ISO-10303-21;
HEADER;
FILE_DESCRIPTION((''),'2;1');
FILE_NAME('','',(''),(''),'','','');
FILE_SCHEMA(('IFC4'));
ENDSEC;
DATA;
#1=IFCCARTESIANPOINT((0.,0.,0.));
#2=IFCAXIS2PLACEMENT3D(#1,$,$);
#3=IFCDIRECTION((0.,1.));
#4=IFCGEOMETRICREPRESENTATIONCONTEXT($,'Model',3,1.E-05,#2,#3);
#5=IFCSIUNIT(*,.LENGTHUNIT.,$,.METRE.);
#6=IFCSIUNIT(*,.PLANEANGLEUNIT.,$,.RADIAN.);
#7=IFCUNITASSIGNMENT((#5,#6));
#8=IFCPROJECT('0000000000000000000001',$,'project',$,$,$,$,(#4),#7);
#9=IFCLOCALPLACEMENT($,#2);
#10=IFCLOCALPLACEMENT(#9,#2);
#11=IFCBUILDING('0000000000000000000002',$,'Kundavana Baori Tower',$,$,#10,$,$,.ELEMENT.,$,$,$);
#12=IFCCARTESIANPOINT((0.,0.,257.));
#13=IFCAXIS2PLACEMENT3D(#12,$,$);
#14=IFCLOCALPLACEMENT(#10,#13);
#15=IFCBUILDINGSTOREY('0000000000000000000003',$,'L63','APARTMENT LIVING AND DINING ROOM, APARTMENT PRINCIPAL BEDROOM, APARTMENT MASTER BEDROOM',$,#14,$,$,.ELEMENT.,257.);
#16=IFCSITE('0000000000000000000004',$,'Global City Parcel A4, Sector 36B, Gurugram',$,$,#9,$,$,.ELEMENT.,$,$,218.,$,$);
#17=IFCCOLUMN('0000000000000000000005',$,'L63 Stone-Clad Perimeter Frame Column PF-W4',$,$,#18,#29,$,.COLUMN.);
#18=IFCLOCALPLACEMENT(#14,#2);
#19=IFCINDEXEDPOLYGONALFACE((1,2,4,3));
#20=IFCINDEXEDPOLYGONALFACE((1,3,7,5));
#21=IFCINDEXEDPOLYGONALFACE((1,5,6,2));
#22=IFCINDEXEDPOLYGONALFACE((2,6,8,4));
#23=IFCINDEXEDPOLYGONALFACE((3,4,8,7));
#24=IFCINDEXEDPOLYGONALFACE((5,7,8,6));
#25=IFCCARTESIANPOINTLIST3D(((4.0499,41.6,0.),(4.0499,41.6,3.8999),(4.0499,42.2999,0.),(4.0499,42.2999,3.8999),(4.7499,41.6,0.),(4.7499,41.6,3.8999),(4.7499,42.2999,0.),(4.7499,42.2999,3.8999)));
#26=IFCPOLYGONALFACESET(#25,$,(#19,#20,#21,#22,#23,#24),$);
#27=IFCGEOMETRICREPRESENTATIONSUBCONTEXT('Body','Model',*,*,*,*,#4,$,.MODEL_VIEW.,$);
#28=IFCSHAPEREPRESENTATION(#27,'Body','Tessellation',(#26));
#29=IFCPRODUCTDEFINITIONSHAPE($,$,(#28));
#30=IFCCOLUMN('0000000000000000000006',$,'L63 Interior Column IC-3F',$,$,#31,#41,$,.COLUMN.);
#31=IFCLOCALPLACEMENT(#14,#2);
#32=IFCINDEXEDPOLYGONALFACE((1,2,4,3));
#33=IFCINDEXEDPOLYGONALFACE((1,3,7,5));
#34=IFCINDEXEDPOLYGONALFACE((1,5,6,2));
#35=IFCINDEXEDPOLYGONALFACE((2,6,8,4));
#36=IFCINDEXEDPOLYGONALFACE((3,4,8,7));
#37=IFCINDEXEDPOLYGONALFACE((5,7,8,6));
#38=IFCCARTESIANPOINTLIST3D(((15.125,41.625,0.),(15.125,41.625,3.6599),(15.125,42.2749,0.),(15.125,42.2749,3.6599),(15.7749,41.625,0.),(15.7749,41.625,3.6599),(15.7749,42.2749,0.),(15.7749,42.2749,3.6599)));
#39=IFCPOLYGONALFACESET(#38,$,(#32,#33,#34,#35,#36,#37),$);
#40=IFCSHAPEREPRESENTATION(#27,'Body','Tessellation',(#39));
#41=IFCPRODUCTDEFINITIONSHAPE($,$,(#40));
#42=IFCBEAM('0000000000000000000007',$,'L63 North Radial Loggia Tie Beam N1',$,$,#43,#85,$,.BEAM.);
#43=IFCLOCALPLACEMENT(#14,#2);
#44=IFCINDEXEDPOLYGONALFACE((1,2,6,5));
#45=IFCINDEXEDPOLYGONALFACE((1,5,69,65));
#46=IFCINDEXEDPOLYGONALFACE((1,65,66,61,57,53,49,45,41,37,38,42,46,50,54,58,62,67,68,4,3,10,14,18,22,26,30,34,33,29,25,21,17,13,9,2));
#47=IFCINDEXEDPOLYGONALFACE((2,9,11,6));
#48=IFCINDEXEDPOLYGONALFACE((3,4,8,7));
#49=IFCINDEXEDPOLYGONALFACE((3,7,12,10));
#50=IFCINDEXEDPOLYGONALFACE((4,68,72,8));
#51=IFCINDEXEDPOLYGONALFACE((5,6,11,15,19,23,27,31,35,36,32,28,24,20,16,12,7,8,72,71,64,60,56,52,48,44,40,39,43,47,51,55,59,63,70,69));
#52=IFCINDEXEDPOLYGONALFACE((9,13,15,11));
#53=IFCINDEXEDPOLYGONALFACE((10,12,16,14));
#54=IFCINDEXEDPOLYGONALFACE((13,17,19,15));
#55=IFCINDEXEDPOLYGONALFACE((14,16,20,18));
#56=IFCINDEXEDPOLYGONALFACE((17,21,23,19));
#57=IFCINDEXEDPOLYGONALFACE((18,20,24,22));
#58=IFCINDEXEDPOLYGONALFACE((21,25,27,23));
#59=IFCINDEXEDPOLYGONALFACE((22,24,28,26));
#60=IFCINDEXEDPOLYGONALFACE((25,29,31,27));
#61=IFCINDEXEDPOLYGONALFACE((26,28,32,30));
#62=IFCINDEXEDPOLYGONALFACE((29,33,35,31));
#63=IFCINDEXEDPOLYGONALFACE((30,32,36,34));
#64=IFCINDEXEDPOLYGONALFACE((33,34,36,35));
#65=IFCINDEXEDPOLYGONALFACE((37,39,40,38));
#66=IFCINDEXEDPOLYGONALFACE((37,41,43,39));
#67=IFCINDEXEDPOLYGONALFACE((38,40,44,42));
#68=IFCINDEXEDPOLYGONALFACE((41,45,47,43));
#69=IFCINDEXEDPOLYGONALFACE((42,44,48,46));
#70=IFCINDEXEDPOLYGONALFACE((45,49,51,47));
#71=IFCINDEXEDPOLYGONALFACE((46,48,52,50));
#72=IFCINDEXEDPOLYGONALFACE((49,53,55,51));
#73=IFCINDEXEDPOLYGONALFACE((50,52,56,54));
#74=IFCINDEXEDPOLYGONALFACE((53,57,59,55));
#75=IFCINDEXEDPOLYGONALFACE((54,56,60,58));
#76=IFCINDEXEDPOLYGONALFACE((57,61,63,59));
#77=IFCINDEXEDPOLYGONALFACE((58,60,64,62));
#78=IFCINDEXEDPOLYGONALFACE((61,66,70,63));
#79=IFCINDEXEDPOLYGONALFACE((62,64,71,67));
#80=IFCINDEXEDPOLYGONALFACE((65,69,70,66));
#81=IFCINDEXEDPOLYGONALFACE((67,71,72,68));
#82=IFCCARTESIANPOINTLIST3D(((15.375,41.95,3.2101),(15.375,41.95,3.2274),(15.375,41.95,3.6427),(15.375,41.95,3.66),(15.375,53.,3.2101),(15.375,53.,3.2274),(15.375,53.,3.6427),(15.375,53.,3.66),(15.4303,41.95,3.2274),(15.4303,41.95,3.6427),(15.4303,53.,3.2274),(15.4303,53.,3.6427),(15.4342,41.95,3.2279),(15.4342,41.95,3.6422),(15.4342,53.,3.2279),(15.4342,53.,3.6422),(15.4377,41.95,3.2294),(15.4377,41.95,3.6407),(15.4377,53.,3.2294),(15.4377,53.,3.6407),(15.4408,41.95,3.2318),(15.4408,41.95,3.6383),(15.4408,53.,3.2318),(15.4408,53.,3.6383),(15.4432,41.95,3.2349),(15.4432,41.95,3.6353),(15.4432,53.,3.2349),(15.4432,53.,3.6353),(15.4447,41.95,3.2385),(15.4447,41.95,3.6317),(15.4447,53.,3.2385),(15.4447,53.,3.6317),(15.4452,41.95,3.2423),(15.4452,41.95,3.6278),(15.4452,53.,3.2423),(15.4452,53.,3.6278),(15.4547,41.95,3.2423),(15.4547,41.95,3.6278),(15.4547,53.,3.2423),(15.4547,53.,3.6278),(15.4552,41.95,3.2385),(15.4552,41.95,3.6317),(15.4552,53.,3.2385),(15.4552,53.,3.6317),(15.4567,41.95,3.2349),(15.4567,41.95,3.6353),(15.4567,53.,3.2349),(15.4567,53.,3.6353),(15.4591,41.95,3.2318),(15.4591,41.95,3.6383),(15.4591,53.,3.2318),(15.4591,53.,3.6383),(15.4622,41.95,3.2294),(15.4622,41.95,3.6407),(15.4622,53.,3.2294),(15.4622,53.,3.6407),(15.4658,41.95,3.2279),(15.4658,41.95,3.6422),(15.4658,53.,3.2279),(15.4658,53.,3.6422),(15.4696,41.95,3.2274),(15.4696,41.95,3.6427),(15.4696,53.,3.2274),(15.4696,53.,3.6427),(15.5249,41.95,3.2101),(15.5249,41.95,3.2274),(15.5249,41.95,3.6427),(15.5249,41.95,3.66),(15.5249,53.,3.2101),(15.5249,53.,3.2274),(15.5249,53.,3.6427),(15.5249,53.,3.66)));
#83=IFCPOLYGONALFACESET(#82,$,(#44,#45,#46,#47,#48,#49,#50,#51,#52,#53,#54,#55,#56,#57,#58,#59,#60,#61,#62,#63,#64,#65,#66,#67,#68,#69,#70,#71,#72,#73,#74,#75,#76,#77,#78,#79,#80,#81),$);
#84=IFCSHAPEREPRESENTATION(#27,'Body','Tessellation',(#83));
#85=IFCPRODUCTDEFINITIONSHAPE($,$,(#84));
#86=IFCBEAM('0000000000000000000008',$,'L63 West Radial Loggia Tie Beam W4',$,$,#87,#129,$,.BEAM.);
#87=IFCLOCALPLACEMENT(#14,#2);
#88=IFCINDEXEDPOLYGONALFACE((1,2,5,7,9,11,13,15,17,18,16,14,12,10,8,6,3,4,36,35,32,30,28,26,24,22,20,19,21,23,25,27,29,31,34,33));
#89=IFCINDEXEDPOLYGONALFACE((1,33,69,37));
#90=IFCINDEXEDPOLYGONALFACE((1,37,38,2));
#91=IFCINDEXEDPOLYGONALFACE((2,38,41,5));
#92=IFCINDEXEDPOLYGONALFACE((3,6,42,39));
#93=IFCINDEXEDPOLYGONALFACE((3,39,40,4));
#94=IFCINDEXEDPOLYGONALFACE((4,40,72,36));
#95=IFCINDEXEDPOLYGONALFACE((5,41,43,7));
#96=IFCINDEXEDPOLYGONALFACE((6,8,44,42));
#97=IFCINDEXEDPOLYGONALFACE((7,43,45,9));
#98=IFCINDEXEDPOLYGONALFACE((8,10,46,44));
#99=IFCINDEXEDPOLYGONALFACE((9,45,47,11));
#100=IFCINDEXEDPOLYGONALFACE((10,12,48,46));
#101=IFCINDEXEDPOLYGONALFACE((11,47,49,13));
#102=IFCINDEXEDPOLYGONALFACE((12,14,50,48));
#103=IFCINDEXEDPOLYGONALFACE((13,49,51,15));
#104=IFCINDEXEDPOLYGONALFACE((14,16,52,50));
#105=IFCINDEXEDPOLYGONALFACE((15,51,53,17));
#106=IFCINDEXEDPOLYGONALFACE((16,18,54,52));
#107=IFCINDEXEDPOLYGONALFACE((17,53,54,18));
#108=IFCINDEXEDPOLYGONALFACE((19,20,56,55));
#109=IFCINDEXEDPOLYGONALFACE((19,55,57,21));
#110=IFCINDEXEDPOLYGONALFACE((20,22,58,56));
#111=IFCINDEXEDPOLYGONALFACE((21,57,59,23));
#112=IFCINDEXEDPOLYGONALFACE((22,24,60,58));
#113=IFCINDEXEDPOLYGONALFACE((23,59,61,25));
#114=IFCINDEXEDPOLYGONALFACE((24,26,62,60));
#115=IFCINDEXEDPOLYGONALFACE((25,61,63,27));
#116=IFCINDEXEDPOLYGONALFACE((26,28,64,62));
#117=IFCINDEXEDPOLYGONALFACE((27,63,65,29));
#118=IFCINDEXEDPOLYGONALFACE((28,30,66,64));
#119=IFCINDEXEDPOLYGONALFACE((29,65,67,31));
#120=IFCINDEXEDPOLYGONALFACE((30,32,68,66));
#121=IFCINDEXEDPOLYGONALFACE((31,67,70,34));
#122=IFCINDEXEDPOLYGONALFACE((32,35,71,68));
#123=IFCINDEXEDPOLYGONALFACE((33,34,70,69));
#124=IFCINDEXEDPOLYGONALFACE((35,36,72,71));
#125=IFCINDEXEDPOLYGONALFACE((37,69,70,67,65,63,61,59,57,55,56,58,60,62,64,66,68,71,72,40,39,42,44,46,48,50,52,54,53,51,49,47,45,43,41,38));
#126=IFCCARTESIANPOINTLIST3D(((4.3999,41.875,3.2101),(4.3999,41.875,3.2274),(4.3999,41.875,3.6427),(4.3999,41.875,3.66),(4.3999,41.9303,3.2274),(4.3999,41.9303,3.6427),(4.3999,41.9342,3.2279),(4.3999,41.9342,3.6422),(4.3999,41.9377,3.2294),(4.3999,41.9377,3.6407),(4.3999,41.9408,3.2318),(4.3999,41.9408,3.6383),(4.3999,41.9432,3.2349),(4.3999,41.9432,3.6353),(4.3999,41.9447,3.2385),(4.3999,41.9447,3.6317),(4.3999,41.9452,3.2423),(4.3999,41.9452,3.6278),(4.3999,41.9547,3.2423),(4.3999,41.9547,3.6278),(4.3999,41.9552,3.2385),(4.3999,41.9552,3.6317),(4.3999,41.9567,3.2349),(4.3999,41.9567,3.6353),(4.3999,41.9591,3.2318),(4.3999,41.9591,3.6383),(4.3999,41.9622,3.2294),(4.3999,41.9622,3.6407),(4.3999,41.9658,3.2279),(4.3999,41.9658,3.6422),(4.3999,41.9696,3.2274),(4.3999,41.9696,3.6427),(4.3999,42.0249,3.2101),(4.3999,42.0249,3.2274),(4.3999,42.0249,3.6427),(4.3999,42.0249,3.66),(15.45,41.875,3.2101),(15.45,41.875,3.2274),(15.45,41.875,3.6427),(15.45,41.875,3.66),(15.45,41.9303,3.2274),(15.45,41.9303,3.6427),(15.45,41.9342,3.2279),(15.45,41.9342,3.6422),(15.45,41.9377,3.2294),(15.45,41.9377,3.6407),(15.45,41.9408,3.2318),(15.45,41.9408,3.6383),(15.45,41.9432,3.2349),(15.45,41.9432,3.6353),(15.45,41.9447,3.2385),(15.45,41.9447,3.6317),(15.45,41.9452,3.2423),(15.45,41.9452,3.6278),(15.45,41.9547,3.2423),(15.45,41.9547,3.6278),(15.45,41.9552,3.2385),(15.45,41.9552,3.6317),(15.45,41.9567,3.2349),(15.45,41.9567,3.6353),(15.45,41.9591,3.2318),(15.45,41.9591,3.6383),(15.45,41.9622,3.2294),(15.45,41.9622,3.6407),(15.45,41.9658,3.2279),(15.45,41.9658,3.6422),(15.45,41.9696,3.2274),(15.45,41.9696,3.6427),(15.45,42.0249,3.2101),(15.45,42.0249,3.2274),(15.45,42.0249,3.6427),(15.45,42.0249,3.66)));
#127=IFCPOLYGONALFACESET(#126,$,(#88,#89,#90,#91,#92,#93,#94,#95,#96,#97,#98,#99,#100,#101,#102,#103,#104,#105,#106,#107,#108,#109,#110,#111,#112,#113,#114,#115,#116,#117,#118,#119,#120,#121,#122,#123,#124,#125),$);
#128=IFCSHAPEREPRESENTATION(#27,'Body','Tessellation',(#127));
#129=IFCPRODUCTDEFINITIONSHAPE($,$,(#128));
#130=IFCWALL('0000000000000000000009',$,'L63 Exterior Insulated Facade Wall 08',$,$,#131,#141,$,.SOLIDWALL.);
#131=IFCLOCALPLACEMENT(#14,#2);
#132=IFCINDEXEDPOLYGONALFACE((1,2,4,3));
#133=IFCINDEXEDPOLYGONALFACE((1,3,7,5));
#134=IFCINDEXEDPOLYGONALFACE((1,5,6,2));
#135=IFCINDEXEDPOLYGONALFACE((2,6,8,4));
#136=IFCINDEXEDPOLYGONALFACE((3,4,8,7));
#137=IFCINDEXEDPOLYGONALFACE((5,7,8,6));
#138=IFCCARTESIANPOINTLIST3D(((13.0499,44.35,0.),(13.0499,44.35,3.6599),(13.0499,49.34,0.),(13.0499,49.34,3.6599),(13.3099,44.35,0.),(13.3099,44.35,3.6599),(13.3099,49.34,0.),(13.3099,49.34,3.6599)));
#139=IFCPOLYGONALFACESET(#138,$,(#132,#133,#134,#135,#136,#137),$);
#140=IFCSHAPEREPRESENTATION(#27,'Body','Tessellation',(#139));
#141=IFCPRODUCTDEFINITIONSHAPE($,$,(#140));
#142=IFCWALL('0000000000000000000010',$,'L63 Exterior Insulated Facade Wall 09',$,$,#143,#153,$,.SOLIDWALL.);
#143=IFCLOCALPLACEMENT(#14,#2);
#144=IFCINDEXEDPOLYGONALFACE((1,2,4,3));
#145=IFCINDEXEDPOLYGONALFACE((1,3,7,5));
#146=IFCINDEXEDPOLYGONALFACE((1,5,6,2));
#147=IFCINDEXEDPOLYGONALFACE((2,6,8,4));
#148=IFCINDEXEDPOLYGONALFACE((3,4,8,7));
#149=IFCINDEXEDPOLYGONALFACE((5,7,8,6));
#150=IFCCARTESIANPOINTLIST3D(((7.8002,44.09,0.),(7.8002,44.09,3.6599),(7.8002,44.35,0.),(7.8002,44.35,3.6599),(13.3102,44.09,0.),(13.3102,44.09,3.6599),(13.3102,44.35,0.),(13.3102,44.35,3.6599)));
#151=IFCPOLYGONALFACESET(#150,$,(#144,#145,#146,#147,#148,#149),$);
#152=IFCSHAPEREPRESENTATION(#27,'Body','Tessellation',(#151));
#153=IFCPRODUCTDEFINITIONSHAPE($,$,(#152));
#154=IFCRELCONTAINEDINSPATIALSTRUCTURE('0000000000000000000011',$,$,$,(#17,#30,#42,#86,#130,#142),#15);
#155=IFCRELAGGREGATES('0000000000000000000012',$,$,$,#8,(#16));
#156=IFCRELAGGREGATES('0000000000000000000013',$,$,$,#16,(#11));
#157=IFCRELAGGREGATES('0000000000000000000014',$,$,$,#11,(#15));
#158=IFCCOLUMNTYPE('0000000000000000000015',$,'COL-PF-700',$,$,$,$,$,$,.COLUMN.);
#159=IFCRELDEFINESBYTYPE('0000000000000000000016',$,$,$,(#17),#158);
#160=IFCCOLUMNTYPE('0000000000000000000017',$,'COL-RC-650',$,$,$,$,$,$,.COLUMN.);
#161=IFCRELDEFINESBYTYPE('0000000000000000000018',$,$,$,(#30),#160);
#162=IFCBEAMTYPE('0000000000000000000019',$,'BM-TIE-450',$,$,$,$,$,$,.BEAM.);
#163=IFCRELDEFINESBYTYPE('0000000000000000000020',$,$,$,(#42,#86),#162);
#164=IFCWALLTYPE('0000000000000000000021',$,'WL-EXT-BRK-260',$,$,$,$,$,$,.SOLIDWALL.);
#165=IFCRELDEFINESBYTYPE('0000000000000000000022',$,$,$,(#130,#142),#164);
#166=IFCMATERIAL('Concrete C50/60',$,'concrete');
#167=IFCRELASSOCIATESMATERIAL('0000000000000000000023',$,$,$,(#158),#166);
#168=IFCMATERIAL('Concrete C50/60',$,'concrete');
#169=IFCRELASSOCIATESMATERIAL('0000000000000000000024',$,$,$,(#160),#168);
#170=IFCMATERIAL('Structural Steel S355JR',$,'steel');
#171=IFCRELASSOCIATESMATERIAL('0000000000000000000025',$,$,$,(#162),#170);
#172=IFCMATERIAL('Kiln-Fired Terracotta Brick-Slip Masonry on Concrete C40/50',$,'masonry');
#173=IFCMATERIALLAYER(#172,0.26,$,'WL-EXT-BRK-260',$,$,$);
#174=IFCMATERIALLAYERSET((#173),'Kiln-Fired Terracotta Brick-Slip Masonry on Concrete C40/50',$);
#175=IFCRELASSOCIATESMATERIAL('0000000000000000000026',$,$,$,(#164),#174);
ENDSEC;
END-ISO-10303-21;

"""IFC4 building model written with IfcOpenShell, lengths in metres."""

from ifc_helpers import new_model, si_unit, direction, frame, frame_2d, origin, origin_2d, place, context, subcontext, project, spatial, rectangle, i_section, extrude, material, layer, layer_set, material_profile, profile_set, type_object, element, save


model = new_model("IFC4")

# Units and contexts
model_context = context("Model", 3, precision=1e-05, world=origin(), true_north=direction((0.0, 1.0)))
body_context = subcontext(model_context, "Body", "Model", "MODEL_VIEW")
ifc_project = project(units=[si_unit("LENGTHUNIT", "METRE"), si_unit("PLANEANGLEUNIT", "RADIAN")], contexts=[model_context])

# Site, building, storey
site_placement = place(None, origin())
site = spatial("IfcSite", under=ifc_project, at=site_placement, Name="Global City Parcel A4, Sector 36B, Gurugram", CompositionType="ELEMENT", RefElevation=218.0)
building_placement = place(site_placement, origin())
building = spatial("IfcBuilding", under=site, at=building_placement, Name="Kundavana Baori Tower", CompositionType="ELEMENT")
storey_placement = place(building_placement, frame((0.0, 0.0, 257.0)))
storey = spatial("IfcBuildingStorey", under=building, at=storey_placement, Name="L63", Description="APARTMENT LIVING AND DINING ROOM, APARTMENT PRINCIPAL BEDROOM, APARTMENT MASTER BEDROOM", CompositionType="ELEMENT", Elevation=257.0)

# Columns
ifc_material_1 = material(Name="Concrete C50/60", Category="concrete")
ifc_material_profile_1 = material_profile(ifc_material_1, rectangle(XDim=0.7, YDim=0.7, at=origin_2d()), Name="RC PF 700x700")
ifc_profile_set_1 = profile_set([ifc_material_profile_1], Name="Concrete C50/60")
column_type_1 = type_object("IfcColumnType", Name="COL-PF-700", PredefinedType="COLUMN", material=ifc_profile_set_1)
column_1_placement = place(storey_placement, frame((4.3999, 41.95, 0.0), z_axis=(0.0, 0.0, 1.0), x_axis=(1.0, 0.0, 0.0)))
element("IfcColumn", 1, at=column_1_placement, inside=storey, type_object=column_type_1, Name="L63 Stone-Clad Perimeter Frame Column PF-W4", PredefinedType="COLUMN", context=body_context, shape_type="SweptSolid", body=[
    extrude(rectangle(XDim=0.7, YDim=0.7, at=origin_2d()), origin(), (0.0, 0.0, 1.0), 3.8999),
])
ifc_material_2 = material(Name="Concrete C50/60", Category="concrete")
ifc_material_profile_2 = material_profile(ifc_material_2, rectangle(XDim=0.6499, YDim=0.6499, at=origin_2d()), Name="RC 650x650")
ifc_profile_set_2 = profile_set([ifc_material_profile_2], Name="Concrete C50/60")
column_type_2 = type_object("IfcColumnType", Name="COL-RC-650", PredefinedType="COLUMN", material=ifc_profile_set_2)
column_2_placement = place(storey_placement, frame((15.45, 41.95, 0.0), z_axis=(0.0, 0.0, 1.0), x_axis=(1.0, 0.0, 0.0)))
element("IfcColumn", 2, at=column_2_placement, inside=storey, type_object=column_type_2, Name="L63 Interior Column IC-3F", PredefinedType="COLUMN", context=body_context, shape_type="SweptSolid", body=[
    extrude(rectangle(XDim=0.6499, YDim=0.6499, at=origin_2d()), origin(), (0.0, 0.0, 1.0), 3.6599),
])

# Beams
ifc_material_3 = material(Name="Structural Steel S355JR", Category="steel")
ifc_material_profile_3 = material_profile(ifc_material_3, i_section(OverallWidth=0.1499, OverallDepth=0.45, WebThickness=0.0095, FlangeThickness=0.0173, FilletRadius=0.0149, at=origin_2d()), Name="ISMB 450")
ifc_profile_set_3 = profile_set([ifc_material_profile_3], Name="Structural Steel S355JR")
beam_type = type_object("IfcBeamType", Name="BM-TIE-450", PredefinedType="BEAM", material=ifc_profile_set_3)
for number, where, z_axis, x_axis, name in (
    (3, (15.45, 41.95, 3.4351), (0.0, 1.0, 0.0), (-1.0, 0.0, 0.0), "L63 North Radial Loggia Tie Beam N1"),
    (4, (15.45, 41.95, 3.4351), (-1.0, 0.0, 0.0), (0.0, -1.0, 0.0), "L63 West Radial Loggia Tie Beam W4"),
):
    element("IfcBeam", number, at=place(storey_placement, frame(where, z_axis=z_axis, x_axis=x_axis)), inside=storey, type_object=beam_type, Name=name, PredefinedType="BEAM", context=body_context, shape_type="SweptSolid", body=[
        extrude(i_section(OverallWidth=0.1499, OverallDepth=0.45, WebThickness=0.0095, FlangeThickness=0.0173, FilletRadius=0.0149, at=origin_2d()), origin(), (0.0, 0.0, 1.0), 11.05),
    ])

# Walls
ifc_material_4 = material(Name="Kiln-Fired Terracotta Brick-Slip Masonry on Concrete C40/50", Category="masonry")
ifc_layer_1 = layer(ifc_material_4, 0.26, Name="WL-EXT-BRK-260")
ifc_layer_set_1 = layer_set([ifc_layer_1], Name="Kiln-Fired Terracotta Brick-Slip Masonry on Concrete C40/50")
wall_type_1 = type_object("IfcWallType", Name="WL-EXT-BRK-260", PredefinedType="SOLIDWALL", material=ifc_layer_set_1)
wall_1_placement = place(storey_placement, frame((13.1799, 49.3401, 0.0), z_axis=(0.0, 0.0, 1.0), x_axis=(0.0, -1.0, 0.0)))
element("IfcWall", 5, at=wall_1_placement, inside=storey, type_object=wall_type_1, Name="L63 Exterior Insulated Facade Wall 08", PredefinedType="SOLIDWALL", context=body_context, shape_type="SweptSolid", body=[
    extrude(rectangle(XDim=4.99, YDim=0.26, at=frame_2d((2.4951, 0.0))), origin(), (0.0, 0.0, 1.0), 3.6599),
])
wall_2_placement = place(storey_placement, frame((13.3101, 44.22, 0.0), z_axis=(0.0, 0.0, 1.0), x_axis=(-1.0, 0.0, 0.0)))
element("IfcWall", 6, at=wall_2_placement, inside=storey, type_object=wall_type_1, Name="L63 Exterior Insulated Facade Wall 09", PredefinedType="SOLIDWALL", context=body_context, shape_type="SweptSolid", body=[
    extrude(rectangle(XDim=5.51, YDim=0.26, at=frame_2d((2.7549, 0.0))), origin(), (0.0, 0.0, 1.0), 3.6599),
])

save(model, "model.ifc")
